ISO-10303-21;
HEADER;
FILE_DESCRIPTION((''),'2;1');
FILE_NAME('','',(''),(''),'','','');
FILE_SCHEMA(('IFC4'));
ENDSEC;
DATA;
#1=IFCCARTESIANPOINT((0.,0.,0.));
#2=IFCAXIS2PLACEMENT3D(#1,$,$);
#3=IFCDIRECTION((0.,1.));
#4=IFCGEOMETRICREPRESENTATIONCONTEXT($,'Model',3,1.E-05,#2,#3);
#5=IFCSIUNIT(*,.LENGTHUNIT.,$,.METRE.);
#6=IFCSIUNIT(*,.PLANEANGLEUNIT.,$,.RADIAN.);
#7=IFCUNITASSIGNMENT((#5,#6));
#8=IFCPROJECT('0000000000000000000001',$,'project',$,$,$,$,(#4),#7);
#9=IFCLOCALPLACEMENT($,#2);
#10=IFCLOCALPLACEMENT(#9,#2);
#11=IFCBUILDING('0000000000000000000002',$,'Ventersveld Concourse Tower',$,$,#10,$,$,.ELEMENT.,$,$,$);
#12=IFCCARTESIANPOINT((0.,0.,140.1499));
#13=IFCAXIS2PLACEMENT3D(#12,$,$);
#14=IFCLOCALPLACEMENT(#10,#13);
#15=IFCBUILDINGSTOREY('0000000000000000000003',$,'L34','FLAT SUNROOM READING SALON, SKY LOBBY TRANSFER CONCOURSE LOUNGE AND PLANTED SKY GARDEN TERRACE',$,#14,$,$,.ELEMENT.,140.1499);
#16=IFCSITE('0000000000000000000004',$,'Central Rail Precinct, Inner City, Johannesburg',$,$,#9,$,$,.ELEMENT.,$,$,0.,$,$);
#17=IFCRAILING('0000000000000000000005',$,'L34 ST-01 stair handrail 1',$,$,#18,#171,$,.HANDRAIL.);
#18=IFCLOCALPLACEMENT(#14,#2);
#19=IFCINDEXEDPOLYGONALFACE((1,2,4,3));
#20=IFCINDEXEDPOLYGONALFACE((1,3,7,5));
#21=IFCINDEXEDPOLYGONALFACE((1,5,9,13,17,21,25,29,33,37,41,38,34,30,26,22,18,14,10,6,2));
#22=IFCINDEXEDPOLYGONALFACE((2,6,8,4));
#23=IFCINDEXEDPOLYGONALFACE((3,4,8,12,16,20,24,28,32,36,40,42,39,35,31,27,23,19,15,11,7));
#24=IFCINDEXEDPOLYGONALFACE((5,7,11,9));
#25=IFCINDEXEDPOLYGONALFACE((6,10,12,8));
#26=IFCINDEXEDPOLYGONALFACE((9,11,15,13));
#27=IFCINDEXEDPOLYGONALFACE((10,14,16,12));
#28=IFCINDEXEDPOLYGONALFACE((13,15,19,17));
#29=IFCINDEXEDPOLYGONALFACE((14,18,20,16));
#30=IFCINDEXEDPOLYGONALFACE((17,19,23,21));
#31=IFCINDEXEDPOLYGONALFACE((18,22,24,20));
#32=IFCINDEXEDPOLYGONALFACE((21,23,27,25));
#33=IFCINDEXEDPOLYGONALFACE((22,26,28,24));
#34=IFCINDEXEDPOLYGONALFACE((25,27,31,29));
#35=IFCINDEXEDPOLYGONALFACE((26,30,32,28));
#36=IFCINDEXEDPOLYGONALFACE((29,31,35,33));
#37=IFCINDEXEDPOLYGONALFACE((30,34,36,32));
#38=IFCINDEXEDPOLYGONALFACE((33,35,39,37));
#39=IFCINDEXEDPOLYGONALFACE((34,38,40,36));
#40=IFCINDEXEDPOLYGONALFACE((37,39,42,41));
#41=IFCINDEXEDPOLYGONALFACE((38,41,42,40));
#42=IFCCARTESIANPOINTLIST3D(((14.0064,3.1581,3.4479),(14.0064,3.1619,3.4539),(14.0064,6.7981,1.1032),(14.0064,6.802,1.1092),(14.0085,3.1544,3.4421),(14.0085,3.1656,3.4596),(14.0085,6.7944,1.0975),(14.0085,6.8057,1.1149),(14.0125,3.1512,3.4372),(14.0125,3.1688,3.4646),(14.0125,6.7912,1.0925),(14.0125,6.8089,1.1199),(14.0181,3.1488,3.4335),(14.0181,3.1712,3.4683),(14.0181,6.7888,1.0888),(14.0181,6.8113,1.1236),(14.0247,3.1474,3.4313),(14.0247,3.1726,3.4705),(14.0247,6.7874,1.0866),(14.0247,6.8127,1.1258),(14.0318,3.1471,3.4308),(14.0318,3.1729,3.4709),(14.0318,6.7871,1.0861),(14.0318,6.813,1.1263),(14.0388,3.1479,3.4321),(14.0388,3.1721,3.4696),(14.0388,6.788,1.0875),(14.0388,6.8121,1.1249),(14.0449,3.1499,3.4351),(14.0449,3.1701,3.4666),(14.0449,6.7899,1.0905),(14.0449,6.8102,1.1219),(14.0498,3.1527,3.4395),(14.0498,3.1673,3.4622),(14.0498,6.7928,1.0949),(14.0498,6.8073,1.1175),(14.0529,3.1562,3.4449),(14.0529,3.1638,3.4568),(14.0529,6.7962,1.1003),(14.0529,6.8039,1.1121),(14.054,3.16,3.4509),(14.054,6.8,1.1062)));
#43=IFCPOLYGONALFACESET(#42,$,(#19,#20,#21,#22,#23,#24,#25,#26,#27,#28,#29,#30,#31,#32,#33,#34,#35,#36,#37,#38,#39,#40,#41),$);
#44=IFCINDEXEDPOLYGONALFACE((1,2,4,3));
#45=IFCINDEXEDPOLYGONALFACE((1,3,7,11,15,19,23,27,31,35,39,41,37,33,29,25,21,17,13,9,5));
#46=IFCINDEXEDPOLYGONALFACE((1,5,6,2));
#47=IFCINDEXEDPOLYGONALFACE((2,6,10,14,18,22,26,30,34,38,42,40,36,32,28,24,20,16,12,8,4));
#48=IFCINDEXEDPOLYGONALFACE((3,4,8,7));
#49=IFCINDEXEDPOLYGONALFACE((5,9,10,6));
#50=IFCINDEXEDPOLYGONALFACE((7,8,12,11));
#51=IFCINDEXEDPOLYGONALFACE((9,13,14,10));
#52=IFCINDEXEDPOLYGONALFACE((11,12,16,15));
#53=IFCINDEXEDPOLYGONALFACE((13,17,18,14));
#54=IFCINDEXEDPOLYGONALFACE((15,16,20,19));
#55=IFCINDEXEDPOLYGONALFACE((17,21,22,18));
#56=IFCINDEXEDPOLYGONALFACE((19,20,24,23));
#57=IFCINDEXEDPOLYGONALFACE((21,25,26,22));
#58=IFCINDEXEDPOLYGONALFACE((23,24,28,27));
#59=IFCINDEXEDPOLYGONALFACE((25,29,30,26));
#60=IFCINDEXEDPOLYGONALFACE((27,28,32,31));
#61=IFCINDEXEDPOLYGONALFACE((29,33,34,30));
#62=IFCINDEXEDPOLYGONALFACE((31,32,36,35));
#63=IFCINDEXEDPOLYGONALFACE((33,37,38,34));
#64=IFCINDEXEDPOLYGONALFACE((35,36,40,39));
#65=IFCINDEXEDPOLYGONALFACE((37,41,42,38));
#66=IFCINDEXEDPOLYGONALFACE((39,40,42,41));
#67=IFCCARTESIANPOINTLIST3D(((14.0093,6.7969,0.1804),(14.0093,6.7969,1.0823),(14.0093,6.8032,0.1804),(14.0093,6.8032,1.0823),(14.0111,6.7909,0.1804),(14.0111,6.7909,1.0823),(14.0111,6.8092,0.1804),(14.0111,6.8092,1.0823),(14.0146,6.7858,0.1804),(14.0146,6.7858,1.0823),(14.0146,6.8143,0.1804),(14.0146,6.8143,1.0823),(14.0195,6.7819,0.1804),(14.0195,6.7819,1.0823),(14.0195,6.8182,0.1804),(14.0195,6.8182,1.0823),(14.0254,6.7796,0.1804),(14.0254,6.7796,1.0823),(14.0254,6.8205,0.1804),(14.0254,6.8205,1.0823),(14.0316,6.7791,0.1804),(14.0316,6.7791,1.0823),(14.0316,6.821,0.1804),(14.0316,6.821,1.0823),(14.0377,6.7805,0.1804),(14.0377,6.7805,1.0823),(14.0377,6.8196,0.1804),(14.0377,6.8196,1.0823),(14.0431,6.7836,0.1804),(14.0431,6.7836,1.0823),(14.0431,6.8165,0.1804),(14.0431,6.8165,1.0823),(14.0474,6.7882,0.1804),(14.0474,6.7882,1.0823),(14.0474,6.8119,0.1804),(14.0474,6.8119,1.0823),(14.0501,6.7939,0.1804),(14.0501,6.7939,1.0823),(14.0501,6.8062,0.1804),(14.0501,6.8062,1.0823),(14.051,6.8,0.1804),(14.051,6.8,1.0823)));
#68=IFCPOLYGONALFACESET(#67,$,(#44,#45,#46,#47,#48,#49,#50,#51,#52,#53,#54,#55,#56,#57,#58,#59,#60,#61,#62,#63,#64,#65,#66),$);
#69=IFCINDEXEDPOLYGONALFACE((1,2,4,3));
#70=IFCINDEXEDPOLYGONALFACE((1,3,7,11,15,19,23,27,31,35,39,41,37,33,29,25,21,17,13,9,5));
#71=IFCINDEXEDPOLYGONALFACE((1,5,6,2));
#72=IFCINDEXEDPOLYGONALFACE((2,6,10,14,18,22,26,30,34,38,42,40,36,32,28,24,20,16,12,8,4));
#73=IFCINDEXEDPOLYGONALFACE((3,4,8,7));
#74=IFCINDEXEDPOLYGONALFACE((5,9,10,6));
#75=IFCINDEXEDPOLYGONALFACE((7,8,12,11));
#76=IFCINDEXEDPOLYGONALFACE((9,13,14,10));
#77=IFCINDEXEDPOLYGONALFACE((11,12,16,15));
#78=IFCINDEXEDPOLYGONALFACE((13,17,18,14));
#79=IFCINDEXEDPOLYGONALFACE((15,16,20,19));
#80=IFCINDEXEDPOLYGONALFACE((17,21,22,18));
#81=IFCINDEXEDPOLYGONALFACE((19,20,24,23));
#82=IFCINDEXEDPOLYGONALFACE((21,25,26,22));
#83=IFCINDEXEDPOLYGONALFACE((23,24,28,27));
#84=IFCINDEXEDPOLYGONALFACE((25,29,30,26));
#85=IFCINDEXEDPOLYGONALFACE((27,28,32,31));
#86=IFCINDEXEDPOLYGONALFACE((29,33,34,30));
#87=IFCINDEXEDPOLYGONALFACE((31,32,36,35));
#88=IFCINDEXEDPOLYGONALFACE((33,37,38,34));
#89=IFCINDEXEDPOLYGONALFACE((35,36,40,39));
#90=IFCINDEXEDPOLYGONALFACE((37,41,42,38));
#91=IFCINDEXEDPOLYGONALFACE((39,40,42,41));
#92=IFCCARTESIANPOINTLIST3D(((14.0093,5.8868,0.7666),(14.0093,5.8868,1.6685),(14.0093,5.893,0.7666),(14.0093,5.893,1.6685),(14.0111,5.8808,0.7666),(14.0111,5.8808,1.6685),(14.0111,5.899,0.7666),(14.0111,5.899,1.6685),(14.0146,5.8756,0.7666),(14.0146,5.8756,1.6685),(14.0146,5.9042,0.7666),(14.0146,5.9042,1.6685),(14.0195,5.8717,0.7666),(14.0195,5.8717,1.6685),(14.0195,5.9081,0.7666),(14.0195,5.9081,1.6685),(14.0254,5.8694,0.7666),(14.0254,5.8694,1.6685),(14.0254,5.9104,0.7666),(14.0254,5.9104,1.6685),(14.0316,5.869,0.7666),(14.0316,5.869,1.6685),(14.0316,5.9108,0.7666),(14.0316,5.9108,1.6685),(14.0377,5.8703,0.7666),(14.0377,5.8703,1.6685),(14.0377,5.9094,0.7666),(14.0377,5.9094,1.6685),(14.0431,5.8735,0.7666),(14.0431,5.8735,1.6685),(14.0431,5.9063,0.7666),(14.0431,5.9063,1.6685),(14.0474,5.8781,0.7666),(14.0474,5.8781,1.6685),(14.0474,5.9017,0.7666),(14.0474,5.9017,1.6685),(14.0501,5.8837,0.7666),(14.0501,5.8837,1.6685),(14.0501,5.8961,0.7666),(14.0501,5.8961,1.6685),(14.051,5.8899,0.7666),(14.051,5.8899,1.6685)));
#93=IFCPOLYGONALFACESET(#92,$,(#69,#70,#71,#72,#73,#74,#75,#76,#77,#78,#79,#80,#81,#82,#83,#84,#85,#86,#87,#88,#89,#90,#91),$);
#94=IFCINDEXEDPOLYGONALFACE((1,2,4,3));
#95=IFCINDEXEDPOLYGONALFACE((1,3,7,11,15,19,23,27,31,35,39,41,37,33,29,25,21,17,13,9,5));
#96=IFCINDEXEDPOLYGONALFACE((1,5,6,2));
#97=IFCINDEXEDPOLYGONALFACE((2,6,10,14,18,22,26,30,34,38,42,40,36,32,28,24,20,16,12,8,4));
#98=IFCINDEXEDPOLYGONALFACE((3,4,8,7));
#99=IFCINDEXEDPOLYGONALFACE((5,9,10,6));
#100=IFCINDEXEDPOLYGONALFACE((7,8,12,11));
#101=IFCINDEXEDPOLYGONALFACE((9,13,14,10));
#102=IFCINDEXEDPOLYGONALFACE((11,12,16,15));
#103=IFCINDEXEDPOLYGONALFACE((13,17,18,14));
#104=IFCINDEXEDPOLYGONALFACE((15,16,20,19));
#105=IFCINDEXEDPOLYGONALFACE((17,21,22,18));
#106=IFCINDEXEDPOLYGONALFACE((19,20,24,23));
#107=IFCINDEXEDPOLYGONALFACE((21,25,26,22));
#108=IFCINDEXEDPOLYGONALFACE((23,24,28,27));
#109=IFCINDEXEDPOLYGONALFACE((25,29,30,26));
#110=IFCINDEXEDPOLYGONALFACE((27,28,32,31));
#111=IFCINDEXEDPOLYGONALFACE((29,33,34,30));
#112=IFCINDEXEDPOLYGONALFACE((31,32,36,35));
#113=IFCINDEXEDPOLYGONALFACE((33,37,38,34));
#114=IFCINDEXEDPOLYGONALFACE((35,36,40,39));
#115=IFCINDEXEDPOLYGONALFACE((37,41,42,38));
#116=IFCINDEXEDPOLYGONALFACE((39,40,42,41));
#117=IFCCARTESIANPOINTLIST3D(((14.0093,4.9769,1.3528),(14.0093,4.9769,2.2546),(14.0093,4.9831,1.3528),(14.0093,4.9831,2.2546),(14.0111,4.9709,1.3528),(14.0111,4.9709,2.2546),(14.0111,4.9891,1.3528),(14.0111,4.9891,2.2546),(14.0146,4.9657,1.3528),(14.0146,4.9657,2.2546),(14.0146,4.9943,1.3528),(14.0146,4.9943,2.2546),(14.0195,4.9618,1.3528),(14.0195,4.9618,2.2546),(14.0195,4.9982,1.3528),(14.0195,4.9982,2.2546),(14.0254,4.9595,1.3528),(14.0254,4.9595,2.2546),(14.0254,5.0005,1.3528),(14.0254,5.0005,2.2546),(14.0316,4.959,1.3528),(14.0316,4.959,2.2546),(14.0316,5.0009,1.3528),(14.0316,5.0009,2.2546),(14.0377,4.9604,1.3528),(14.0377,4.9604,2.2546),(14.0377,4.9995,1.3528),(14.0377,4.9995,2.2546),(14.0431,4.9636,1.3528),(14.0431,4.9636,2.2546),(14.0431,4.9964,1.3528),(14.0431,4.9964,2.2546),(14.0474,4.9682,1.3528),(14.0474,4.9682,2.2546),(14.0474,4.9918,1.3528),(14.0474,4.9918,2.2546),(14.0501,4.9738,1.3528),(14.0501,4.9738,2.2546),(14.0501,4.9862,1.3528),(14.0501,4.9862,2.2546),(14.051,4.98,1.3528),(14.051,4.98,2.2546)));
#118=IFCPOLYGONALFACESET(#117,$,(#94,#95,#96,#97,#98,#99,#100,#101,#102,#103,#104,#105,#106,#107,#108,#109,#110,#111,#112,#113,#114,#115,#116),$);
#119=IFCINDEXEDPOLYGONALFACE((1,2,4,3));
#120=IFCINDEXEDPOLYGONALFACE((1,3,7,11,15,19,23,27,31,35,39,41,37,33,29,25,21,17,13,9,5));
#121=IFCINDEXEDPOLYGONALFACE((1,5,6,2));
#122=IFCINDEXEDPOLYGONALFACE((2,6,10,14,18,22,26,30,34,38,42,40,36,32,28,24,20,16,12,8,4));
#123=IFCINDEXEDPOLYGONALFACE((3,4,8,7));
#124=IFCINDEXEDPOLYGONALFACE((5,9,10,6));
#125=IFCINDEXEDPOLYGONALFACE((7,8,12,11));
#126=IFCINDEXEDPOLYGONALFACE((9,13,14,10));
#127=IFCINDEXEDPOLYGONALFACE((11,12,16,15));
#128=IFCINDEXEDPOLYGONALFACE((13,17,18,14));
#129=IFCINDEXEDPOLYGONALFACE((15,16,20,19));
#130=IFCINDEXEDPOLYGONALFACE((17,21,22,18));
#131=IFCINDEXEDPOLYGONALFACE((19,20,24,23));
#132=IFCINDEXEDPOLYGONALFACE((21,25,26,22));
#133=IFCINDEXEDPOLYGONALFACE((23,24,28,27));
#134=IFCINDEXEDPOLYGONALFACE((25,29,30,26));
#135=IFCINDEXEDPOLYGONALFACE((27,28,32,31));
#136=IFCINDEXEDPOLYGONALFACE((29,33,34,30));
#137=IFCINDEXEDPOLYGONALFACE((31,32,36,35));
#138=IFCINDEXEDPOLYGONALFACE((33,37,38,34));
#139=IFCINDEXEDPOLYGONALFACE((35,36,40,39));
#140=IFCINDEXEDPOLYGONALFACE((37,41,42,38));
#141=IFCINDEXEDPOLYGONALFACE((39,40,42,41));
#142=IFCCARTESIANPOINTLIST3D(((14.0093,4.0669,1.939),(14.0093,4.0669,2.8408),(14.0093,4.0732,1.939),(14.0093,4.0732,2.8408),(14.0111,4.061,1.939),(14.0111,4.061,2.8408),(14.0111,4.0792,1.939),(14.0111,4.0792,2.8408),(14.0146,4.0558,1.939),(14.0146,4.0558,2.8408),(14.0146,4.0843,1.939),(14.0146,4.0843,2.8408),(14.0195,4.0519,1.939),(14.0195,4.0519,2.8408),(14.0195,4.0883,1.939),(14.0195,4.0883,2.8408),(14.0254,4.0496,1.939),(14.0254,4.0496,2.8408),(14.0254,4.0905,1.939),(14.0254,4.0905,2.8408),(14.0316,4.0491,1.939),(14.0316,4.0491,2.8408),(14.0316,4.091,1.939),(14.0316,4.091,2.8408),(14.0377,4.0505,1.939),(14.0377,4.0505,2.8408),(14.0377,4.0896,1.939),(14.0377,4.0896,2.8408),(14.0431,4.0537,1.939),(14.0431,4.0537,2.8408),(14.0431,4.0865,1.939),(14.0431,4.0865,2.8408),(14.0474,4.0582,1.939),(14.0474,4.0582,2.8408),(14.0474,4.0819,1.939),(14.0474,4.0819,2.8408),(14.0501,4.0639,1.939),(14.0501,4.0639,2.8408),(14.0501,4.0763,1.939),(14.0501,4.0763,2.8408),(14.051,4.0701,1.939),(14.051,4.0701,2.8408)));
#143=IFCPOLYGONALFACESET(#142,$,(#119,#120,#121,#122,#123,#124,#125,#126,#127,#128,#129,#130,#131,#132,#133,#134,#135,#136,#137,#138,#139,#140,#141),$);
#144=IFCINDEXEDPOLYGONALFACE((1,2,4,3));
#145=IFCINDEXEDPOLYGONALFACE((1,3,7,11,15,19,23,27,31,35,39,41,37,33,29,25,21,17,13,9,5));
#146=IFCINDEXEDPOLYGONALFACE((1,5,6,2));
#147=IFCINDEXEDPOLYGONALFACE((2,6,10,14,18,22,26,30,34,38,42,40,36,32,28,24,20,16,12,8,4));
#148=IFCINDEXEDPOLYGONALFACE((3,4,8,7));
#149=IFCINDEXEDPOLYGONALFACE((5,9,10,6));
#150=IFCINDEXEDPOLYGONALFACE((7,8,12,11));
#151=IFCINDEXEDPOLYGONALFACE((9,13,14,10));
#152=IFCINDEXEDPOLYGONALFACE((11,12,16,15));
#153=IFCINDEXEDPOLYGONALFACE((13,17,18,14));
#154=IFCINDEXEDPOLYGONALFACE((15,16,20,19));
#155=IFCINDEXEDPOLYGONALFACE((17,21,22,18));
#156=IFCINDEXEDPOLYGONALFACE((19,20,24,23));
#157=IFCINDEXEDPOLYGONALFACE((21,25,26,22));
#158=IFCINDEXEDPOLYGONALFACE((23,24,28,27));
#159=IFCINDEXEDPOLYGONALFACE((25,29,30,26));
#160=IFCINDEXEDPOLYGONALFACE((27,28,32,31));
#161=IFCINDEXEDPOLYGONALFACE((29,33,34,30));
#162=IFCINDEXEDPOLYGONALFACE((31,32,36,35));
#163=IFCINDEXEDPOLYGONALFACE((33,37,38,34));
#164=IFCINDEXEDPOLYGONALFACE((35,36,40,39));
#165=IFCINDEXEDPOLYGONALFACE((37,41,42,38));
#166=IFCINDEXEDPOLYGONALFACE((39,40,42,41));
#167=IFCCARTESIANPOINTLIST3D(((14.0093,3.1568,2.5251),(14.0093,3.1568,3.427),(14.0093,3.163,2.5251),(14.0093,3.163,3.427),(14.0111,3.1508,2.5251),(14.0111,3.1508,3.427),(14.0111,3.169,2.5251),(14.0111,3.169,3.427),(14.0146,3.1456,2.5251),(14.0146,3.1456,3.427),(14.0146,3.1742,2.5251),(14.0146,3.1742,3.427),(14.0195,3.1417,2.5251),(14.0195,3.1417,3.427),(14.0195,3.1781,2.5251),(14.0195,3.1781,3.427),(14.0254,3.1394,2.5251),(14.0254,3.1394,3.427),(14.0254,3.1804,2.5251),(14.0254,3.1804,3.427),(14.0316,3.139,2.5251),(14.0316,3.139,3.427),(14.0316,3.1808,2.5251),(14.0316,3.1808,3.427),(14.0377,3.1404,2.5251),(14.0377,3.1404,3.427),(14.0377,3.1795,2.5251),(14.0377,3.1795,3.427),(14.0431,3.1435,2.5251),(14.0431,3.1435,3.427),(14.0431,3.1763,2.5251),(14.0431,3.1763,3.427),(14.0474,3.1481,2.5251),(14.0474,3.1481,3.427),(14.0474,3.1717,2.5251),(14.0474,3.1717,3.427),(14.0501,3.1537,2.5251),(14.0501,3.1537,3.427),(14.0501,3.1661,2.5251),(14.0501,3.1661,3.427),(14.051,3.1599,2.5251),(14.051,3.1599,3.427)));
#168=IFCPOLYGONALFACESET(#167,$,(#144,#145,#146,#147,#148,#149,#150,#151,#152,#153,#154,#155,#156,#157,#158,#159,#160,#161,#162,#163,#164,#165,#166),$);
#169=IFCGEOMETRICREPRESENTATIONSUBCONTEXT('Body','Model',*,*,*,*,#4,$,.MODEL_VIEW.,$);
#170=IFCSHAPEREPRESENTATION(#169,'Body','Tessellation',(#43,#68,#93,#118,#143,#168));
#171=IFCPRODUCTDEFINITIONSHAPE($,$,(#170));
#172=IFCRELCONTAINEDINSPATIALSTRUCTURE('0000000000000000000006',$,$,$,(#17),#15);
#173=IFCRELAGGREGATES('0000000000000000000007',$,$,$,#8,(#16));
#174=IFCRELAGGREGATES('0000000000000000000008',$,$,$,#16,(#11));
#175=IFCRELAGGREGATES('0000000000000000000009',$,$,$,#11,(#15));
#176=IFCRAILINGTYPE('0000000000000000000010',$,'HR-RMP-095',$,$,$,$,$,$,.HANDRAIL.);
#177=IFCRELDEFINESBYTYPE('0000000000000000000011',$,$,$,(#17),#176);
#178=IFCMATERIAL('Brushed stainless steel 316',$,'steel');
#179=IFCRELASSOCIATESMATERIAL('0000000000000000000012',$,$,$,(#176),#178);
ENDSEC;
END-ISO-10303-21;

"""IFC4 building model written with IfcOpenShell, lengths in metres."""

from ifc_helpers import new_model, si_unit, direction, frame, origin, origin_2d, place, context, subcontext, project, spatial, circle, extrude, material, type_object, element, save


model = new_model("IFC4")

# Units and contexts
model_context = context("Model", 3, precision=1e-05, world=origin(), true_north=direction((0.0, 1.0)))
body_context = subcontext(model_context, "Body", "Model", "MODEL_VIEW")
ifc_project = project(units=[si_unit("LENGTHUNIT", "METRE"), si_unit("PLANEANGLEUNIT", "RADIAN")], contexts=[model_context])

# Site, building, storey
site_placement = place(None, origin())
site = spatial("IfcSite", under=ifc_project, at=site_placement, Name="Central Rail Precinct, Inner City, Johannesburg", CompositionType="ELEMENT", RefElevation=0.0)
building_placement = place(site_placement, origin())
building = spatial("IfcBuilding", under=site, at=building_placement, Name="Ventersveld Concourse Tower", CompositionType="ELEMENT")
storey_placement = place(building_placement, frame((0.0, 0.0, 140.1499)))
storey = spatial("IfcBuildingStorey", under=building, at=storey_placement, Name="L34", Description="FLAT SUNROOM READING SALON, SKY LOBBY TRANSFER CONCOURSE LOUNGE AND PLANTED SKY GARDEN TERRACE", CompositionType="ELEMENT", Elevation=140.1499)

# Railing
ifc_material_1 = material(Name="Brushed stainless steel 316", Category="steel")
railing_type_1 = type_object("IfcRailingType", Name="HR-RMP-095", PredefinedType="HANDRAIL", material=ifc_material_1)
railing_1_placement = place(storey_placement, frame((14.03, 6.8, 0.1804)))
element("IfcRailing", 1, at=railing_1_placement, inside=storey, type_object=railing_type_1, Name="L34 ST-01 stair handrail 1", PredefinedType="HANDRAIL", context=body_context, shape_type="SweptSolid", body=[
    extrude(circle(Radius=0.0239, at=origin_2d()), frame((0.0, 0.0, 0.9258), z_axis=(0.0, -0.840691, 0.541515), x_axis=(1.0, 0.0, 0.0)), (0.0, 0.0, 1.0), 4.3298),
    extrude(circle(Radius=0.021, at=origin_2d()), origin(), (0.0, 0.0, 1.0), 0.9019),
    extrude(circle(Radius=0.021, at=origin_2d()), frame((0.0, -0.9102, 0.5862)), (0.0, 0.0, 1.0), 0.9019),
    extrude(circle(Radius=0.021, at=origin_2d()), frame((0.0, -1.8201, 1.1724)), (0.0, 0.0, 1.0), 0.9019),
    extrude(circle(Radius=0.021, at=origin_2d()), frame((0.0, -2.73, 1.7585)), (0.0, 0.0, 1.0), 0.9019),
    extrude(circle(Radius=0.021, at=origin_2d()), frame((0.0, -3.6401, 2.3447)), (0.0, 0.0, 1.0), 0.9019),
])

save(model, "model.ifc")
